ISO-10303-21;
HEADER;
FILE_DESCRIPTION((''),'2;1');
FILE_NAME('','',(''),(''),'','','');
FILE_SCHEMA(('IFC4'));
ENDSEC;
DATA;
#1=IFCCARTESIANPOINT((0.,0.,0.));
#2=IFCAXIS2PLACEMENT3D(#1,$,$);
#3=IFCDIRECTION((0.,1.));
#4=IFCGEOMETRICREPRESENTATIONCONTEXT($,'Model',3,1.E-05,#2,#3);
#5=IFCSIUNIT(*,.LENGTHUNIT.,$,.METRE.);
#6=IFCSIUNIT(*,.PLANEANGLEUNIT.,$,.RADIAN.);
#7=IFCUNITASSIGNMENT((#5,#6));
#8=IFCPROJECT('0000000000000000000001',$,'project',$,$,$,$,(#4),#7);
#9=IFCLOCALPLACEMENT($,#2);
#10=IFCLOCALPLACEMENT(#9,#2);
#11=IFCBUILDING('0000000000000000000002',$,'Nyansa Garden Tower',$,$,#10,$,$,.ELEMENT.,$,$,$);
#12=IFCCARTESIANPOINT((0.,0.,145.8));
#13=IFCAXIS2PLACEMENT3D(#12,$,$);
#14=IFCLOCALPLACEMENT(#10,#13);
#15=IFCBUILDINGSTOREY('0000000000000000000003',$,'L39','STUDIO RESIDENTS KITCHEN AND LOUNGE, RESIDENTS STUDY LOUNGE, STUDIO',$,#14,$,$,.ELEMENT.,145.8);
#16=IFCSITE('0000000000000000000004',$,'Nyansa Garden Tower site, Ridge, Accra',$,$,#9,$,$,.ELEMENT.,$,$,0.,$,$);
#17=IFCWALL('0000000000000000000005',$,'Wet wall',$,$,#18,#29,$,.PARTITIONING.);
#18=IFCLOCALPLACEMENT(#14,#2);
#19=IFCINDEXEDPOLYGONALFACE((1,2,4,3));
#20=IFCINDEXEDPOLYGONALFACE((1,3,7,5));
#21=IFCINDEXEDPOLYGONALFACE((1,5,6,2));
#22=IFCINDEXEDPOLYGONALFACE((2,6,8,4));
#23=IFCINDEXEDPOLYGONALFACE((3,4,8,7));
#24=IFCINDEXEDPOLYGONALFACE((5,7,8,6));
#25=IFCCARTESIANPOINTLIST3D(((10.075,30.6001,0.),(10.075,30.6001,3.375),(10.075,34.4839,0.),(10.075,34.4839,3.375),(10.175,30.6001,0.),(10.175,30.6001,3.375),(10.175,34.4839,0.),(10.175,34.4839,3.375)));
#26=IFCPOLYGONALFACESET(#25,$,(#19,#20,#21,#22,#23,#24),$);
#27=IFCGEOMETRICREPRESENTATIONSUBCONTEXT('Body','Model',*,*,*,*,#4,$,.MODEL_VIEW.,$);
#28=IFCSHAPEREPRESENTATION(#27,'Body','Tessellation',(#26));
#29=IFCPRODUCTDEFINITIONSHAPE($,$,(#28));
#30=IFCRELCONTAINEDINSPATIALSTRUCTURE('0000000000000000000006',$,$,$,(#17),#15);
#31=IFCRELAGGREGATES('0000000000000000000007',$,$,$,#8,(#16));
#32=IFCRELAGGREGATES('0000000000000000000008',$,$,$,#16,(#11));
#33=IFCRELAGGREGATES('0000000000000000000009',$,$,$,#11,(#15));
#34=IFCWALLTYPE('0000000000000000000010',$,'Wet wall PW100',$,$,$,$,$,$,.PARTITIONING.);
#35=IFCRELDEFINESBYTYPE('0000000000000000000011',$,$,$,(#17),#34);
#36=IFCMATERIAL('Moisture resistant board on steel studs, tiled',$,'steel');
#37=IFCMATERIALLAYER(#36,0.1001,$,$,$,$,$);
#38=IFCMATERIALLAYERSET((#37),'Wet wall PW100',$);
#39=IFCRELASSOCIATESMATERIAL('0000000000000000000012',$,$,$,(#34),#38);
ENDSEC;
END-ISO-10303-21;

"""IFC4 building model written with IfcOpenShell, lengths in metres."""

from ifc_helpers import new_model, si_unit, direction, frame, frame_2d, origin, place, context, subcontext, project, spatial, rectangle, extrude, material, layer, layer_set, type_object, element, save


model = new_model("IFC4")

# Units and contexts
model_context = context("Model", 3, precision=1e-05, world=origin(), true_north=direction((0.0, 1.0)))
body_context = subcontext(model_context, "Body", "Model", "MODEL_VIEW")
ifc_project = project(units=[si_unit("LENGTHUNIT", "METRE"), si_unit("PLANEANGLEUNIT", "RADIAN")], contexts=[model_context])

# Site, building, storey
site_placement = place(None, origin())
site = spatial("IfcSite", under=ifc_project, at=site_placement, Name="Nyansa Garden Tower site, Ridge, Accra", CompositionType="ELEMENT", RefElevation=0.0)
building_placement = place(site_placement, origin())
building = spatial("IfcBuilding", under=site, at=building_placement, Name="Nyansa Garden Tower", CompositionType="ELEMENT")
storey_placement = place(building_placement, frame((0.0, 0.0, 145.8)))
storey = spatial("IfcBuildingStorey", under=building, at=storey_placement, Name="L39", Description="STUDIO RESIDENTS KITCHEN AND LOUNGE, RESIDENTS STUDY LOUNGE, STUDIO", CompositionType="ELEMENT", Elevation=145.8)

# Wall
ifc_material_1 = material(Name="Moisture resistant board on steel studs, tiled", Category="steel")
ifc_layer_1 = layer(ifc_material_1, 0.1001)
ifc_layer_set_1 = layer_set([ifc_layer_1], Name="Wet wall PW100")
wall_type_1 = type_object("IfcWallType", Name="Wet wall PW100", PredefinedType="PARTITIONING", material=ifc_layer_set_1)
wall_1_placement = place(storey_placement, frame((10.125, 30.6001, 0.0), z_axis=(0.0, 0.0, 1.0), x_axis=(0.0, 1.0, 0.0)))
element("IfcWall", 1, at=wall_1_placement, inside=storey, type_object=wall_type_1, Name="Wet wall", PredefinedType="PARTITIONING", context=body_context, shape_type="SweptSolid", body=[
    extrude(rectangle(XDim=3.8838, YDim=0.1001, at=frame_2d((1.9419, 0.0))), origin(), (0.0, 0.0, 1.0), 3.375),
])

save(model, "model.ifc")
